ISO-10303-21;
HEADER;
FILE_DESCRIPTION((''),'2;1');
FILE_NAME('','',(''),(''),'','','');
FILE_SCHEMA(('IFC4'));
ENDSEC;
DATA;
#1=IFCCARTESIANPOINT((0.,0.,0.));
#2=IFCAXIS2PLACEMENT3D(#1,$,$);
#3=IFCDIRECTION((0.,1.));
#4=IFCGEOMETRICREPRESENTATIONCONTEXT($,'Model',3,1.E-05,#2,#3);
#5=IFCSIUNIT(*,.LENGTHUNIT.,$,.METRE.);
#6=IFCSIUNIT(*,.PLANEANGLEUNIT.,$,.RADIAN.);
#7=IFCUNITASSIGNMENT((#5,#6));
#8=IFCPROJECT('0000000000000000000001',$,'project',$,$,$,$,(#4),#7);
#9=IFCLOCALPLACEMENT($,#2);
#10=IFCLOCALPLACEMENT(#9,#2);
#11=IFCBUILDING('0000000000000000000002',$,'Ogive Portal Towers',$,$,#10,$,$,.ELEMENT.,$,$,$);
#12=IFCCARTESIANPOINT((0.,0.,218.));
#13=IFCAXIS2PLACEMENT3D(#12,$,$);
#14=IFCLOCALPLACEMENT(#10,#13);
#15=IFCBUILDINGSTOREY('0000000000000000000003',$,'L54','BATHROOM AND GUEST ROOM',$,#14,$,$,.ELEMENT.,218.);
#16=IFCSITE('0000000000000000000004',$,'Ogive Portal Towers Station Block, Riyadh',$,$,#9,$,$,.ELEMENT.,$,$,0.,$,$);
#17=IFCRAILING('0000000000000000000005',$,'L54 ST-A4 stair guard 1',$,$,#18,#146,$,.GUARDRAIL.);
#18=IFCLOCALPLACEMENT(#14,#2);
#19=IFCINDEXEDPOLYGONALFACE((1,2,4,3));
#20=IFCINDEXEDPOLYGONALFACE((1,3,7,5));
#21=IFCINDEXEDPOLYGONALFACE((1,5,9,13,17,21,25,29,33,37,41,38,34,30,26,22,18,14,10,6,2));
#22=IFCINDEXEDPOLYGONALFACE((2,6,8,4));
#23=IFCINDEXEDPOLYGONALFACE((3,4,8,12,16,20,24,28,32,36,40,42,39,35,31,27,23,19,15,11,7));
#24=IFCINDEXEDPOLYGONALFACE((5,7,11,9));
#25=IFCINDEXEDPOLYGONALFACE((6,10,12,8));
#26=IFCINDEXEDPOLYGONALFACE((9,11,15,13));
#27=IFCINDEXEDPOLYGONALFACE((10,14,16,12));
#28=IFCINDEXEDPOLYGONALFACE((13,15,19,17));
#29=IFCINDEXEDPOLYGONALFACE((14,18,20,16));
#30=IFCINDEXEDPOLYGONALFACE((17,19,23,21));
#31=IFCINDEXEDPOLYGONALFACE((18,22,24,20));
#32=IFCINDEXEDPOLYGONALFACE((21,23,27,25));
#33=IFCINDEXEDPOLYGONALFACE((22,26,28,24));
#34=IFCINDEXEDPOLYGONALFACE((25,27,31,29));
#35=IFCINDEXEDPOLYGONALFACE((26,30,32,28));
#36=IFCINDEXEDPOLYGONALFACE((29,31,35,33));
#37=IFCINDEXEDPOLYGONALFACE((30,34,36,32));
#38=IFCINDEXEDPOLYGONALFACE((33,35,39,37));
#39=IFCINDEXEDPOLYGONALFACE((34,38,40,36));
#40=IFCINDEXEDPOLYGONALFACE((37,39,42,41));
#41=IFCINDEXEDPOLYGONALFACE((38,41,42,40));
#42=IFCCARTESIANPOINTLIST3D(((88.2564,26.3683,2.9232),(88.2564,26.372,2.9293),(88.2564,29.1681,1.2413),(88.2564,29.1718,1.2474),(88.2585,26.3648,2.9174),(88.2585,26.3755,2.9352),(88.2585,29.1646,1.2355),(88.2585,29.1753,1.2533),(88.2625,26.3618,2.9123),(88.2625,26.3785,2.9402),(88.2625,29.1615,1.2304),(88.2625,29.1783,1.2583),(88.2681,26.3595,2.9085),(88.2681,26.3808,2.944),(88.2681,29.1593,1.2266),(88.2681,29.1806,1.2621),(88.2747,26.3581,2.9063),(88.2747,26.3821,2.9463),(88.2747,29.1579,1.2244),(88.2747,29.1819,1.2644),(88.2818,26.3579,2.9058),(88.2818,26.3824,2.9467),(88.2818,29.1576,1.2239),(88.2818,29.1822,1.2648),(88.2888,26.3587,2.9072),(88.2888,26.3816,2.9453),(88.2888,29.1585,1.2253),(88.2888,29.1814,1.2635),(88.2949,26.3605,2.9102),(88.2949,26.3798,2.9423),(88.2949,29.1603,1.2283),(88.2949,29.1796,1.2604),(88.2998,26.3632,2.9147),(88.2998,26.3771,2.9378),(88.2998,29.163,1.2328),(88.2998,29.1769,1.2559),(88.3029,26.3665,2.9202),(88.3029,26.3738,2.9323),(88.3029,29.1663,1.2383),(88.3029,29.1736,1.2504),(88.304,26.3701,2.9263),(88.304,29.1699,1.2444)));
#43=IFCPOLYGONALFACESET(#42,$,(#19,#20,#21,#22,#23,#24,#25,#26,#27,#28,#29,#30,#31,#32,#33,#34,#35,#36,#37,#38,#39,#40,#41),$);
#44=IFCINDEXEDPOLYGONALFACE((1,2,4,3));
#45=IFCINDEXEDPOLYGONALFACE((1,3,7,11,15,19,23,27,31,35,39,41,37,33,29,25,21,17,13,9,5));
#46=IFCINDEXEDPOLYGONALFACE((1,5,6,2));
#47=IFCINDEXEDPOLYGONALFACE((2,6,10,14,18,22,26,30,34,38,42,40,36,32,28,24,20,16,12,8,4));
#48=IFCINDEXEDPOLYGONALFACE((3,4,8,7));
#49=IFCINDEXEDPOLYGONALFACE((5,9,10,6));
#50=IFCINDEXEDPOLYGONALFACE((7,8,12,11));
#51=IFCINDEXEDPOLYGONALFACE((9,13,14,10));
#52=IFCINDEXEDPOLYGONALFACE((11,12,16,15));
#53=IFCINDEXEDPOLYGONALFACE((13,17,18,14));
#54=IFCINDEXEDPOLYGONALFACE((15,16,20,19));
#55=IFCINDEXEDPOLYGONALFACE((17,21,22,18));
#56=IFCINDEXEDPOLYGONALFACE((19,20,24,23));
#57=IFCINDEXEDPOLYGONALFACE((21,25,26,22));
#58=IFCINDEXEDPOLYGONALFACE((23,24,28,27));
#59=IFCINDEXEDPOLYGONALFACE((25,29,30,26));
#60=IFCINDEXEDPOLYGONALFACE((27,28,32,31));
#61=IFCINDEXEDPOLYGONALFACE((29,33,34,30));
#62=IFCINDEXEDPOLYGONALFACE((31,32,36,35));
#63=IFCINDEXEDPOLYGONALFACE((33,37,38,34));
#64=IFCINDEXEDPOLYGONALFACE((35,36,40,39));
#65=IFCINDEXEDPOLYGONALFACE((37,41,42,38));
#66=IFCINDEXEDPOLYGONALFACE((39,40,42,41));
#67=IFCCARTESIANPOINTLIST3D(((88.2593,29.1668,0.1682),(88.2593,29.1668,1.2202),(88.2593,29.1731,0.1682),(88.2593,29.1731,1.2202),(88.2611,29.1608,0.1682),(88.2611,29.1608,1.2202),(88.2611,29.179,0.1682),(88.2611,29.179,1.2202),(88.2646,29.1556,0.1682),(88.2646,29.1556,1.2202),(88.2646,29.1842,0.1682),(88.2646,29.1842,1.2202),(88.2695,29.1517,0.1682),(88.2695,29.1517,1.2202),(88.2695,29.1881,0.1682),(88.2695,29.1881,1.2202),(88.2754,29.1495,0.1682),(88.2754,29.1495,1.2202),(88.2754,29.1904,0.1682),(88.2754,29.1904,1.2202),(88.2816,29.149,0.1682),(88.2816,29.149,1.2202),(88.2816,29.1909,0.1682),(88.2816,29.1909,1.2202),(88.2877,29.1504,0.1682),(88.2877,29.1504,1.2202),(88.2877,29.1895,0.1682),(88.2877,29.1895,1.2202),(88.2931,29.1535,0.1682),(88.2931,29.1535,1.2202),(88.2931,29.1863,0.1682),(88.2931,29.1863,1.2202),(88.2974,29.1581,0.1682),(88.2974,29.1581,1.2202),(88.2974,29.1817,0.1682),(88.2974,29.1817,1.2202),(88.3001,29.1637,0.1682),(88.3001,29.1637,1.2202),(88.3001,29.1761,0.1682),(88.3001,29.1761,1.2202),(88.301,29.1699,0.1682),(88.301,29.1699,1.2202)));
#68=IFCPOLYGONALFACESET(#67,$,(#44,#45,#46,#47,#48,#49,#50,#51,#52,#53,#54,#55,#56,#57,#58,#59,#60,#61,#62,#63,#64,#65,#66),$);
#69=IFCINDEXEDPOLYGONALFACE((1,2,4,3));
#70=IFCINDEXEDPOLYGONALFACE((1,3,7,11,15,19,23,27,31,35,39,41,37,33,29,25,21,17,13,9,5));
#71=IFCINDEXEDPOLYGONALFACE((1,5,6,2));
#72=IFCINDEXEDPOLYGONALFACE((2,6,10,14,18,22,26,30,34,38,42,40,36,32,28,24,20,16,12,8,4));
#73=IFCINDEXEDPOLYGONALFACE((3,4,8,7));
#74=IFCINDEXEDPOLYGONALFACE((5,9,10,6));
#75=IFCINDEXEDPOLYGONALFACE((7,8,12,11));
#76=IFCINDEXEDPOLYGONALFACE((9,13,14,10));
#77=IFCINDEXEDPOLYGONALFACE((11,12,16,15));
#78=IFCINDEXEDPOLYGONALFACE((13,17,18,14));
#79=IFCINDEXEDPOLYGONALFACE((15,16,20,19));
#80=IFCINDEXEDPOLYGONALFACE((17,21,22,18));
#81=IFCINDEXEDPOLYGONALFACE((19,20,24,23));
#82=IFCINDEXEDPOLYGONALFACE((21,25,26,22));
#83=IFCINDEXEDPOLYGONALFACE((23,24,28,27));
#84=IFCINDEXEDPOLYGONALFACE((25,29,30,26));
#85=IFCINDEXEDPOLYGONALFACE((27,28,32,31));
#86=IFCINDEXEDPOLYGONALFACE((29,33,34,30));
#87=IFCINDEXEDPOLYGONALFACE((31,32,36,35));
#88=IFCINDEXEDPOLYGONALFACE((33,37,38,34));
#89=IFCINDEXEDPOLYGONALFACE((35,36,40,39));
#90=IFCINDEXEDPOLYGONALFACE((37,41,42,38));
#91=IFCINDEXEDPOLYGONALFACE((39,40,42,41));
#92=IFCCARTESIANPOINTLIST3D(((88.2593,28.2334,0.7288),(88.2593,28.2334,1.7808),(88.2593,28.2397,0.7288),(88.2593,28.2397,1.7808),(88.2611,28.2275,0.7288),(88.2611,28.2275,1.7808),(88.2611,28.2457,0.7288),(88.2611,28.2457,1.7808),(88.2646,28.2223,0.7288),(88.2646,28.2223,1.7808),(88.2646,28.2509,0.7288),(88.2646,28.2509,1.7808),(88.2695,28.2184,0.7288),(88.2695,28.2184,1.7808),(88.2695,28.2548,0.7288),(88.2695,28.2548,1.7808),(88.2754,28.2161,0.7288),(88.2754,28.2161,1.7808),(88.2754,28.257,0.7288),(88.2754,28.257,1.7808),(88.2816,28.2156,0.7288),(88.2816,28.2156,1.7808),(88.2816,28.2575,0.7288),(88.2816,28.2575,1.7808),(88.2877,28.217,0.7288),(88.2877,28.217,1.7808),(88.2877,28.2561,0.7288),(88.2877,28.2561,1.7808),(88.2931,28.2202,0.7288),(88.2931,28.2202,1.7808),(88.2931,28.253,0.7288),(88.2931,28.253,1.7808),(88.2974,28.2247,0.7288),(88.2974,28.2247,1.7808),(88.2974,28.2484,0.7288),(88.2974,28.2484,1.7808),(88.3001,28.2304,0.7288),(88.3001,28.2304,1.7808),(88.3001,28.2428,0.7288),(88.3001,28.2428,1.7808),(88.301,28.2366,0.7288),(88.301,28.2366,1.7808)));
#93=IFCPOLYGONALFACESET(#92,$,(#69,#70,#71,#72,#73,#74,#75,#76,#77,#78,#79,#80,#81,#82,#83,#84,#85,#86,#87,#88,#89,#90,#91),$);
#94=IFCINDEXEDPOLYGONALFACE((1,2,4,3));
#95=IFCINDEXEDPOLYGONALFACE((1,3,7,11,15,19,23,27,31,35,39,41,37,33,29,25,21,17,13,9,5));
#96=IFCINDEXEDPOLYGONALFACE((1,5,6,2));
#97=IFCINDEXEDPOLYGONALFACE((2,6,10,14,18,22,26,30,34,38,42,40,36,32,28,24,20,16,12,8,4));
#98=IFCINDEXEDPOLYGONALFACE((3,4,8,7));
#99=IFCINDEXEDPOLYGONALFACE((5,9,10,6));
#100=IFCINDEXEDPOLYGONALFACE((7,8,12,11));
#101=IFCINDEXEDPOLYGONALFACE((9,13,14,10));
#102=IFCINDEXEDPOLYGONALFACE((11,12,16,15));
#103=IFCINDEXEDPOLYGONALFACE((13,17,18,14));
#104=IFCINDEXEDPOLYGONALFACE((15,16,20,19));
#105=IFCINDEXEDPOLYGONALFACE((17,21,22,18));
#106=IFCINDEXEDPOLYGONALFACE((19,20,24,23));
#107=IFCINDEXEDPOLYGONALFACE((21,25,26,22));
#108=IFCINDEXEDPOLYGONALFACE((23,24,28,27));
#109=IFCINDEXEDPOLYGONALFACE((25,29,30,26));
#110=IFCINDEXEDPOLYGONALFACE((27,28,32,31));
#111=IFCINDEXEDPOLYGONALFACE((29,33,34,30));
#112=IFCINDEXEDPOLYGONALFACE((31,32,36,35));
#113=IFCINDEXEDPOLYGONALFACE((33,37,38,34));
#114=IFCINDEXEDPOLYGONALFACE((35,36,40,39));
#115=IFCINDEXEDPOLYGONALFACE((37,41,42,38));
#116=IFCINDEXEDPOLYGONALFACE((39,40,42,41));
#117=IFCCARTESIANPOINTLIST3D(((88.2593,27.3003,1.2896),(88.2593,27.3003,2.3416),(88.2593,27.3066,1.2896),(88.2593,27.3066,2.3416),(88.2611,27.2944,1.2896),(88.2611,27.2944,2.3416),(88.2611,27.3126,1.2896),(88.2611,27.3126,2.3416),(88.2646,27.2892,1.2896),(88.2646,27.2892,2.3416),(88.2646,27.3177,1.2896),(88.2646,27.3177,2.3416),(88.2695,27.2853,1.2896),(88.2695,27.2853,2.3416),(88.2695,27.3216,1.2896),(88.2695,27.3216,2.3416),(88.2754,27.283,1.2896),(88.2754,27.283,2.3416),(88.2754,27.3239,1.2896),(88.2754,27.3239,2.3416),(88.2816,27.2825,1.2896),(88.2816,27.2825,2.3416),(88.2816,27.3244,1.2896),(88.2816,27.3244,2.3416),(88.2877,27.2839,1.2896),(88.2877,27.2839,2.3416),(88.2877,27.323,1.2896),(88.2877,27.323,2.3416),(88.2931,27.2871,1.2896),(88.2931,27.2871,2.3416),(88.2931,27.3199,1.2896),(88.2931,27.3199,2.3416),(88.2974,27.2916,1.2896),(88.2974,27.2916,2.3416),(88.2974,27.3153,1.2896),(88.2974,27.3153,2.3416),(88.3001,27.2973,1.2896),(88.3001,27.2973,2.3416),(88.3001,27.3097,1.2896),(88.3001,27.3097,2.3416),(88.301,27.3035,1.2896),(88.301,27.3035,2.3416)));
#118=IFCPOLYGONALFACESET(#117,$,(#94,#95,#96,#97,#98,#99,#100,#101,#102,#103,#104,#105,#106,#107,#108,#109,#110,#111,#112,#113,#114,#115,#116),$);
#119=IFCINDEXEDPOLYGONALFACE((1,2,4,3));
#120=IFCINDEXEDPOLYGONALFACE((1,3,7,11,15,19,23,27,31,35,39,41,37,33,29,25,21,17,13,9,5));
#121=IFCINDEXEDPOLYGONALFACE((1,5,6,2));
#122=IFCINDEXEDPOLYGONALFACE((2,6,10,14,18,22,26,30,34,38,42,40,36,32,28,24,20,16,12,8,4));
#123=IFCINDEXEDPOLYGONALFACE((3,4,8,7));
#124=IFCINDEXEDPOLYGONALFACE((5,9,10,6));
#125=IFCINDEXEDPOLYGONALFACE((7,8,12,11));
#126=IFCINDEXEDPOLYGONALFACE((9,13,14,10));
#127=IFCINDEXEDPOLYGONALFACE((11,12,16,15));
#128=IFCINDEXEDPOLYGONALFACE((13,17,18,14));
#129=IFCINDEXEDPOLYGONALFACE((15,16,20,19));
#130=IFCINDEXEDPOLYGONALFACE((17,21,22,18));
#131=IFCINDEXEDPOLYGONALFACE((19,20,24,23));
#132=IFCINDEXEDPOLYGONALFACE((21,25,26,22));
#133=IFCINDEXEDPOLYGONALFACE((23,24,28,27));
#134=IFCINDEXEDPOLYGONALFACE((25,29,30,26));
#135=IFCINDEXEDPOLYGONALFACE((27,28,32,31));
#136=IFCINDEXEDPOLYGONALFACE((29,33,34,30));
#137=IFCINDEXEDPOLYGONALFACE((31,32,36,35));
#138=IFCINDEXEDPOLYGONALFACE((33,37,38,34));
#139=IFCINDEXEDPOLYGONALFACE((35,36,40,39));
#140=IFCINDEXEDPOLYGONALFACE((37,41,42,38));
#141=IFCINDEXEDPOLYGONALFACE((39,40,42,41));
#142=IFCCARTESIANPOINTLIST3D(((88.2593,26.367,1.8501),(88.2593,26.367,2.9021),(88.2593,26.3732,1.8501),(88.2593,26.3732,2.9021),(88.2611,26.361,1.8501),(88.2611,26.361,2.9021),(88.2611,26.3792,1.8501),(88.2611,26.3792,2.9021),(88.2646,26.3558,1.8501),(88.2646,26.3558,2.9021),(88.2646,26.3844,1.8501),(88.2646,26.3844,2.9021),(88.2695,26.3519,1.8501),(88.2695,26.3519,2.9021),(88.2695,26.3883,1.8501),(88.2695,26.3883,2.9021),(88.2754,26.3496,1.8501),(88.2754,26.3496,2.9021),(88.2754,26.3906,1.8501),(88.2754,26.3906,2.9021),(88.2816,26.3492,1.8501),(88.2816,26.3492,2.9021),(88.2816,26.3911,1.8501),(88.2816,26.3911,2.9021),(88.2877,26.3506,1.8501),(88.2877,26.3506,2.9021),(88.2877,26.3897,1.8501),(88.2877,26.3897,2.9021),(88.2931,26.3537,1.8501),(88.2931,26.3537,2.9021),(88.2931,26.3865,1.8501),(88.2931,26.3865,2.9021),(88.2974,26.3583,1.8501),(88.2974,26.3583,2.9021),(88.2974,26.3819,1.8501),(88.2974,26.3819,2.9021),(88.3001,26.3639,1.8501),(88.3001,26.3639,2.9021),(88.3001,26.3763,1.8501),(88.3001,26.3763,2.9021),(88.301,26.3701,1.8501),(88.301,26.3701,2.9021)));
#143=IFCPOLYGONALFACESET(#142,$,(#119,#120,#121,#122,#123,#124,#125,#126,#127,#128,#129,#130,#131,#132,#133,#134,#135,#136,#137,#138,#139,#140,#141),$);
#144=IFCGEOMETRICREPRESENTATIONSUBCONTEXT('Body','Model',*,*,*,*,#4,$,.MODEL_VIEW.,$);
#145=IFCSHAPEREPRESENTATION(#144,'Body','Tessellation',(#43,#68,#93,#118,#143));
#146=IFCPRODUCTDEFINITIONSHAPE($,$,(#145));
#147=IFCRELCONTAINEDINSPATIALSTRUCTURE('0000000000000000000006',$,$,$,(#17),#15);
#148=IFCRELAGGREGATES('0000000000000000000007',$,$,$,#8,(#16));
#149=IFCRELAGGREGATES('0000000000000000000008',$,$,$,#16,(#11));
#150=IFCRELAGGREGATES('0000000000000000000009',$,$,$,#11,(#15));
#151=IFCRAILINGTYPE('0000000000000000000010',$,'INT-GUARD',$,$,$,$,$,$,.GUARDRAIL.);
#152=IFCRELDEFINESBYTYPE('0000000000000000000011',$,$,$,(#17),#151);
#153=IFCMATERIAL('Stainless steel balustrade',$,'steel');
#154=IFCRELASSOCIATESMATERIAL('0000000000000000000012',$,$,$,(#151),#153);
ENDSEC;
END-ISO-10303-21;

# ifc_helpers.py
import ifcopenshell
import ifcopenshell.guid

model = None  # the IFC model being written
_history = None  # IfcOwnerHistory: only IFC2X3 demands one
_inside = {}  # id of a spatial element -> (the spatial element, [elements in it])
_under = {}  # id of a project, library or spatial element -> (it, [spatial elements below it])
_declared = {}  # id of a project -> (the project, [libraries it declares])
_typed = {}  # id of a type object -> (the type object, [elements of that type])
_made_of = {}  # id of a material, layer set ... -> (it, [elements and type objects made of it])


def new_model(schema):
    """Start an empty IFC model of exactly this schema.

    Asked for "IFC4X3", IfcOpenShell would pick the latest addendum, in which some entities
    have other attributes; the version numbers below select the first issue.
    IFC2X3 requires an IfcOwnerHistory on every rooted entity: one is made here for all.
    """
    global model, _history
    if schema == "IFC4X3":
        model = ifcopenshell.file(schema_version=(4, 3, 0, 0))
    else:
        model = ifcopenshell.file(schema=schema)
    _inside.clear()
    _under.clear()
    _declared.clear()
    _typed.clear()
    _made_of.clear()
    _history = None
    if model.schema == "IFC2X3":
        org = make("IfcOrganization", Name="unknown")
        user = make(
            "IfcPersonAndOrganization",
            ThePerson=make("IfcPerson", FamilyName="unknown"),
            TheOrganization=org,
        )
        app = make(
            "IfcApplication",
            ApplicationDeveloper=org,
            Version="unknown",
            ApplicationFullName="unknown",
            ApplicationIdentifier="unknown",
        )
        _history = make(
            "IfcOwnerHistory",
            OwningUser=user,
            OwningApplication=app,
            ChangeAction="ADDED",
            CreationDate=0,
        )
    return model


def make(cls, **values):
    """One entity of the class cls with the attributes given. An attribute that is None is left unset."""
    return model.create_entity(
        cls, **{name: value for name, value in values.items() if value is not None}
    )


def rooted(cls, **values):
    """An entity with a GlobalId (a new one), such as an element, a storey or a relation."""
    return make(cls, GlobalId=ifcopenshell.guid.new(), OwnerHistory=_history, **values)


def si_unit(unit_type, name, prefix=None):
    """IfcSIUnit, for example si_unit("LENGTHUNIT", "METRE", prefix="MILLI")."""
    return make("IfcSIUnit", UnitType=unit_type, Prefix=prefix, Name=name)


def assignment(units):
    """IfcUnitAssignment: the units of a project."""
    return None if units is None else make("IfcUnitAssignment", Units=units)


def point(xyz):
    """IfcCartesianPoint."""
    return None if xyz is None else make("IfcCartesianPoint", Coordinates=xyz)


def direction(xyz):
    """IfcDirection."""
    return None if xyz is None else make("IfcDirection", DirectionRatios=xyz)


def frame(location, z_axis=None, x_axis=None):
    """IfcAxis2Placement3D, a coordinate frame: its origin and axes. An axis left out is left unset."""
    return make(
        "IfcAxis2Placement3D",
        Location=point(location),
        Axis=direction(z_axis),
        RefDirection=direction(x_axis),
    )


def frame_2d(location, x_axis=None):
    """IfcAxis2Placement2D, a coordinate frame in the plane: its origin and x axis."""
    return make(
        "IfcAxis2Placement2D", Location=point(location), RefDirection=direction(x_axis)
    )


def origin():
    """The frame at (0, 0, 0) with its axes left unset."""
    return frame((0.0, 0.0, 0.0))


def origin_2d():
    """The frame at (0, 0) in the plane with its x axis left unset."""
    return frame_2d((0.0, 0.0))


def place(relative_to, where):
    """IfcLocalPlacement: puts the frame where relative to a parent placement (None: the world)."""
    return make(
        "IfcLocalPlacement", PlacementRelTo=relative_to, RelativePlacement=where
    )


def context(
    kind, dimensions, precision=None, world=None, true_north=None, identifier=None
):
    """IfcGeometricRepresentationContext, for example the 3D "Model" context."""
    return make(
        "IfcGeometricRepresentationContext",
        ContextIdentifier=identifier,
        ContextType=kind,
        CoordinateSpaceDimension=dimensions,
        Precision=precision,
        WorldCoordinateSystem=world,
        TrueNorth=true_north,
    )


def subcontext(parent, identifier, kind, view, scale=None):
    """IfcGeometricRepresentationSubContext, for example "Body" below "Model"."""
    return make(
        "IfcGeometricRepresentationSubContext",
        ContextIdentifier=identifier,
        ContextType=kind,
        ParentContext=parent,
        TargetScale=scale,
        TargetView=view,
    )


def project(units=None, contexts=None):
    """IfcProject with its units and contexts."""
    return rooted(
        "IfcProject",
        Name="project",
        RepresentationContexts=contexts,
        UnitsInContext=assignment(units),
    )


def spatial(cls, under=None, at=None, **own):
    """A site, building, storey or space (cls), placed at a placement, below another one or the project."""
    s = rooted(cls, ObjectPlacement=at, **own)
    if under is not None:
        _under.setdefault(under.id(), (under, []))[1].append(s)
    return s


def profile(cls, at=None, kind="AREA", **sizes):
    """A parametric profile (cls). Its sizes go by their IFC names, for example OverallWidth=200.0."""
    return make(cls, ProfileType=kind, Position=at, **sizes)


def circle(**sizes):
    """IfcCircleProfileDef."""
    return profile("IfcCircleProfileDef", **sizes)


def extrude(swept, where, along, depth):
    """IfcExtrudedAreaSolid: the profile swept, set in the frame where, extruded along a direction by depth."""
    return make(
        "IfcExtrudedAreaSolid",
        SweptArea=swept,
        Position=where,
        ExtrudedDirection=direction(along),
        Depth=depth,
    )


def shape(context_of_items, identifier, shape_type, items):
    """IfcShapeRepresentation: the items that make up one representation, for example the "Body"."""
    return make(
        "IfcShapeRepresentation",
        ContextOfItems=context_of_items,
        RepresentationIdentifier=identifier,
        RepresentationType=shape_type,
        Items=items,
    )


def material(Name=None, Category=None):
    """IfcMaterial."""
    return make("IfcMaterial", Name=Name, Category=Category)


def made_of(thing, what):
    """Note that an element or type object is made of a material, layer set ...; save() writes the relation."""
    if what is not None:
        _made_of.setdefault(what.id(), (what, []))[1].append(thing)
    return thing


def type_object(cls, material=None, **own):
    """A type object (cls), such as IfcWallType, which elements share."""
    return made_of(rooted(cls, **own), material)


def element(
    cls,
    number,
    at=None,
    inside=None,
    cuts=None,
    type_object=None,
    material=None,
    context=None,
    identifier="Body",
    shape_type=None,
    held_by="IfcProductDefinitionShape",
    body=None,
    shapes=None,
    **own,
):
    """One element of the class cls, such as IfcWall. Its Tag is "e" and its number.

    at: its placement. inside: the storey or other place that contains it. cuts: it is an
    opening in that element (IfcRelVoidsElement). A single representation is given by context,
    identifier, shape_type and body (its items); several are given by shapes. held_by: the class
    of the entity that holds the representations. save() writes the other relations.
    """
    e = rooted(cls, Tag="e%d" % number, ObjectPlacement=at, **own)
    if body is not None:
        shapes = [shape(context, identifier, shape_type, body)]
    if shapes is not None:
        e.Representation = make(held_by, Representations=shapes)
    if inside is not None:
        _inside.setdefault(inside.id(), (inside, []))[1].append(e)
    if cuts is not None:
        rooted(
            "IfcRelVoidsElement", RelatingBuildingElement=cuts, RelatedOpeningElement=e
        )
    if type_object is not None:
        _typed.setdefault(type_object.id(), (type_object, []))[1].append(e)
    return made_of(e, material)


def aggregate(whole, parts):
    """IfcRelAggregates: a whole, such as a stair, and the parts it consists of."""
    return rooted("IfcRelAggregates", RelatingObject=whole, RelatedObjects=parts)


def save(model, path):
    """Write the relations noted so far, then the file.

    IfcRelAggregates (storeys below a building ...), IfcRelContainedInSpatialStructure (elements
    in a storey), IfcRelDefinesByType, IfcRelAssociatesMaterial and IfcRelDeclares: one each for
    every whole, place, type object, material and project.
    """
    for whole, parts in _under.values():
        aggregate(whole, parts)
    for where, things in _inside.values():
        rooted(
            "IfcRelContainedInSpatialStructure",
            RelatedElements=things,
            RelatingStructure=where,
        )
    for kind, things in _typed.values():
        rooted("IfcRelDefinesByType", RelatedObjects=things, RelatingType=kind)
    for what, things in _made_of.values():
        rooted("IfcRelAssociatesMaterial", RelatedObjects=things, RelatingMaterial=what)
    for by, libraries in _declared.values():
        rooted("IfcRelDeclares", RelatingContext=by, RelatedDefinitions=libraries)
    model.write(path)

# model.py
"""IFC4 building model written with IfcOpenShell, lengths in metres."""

from ifc_helpers import new_model, si_unit, direction, frame, origin, origin_2d, place, context, subcontext, project, spatial, circle, extrude, material, type_object, element, save


model = new_model("IFC4")

# Units and contexts
model_context = context("Model", 3, precision=1e-05, world=origin(), true_north=direction((0.0, 1.0)))
body_context = subcontext(model_context, "Body", "Model", "MODEL_VIEW")
ifc_project = project(units=[si_unit("LENGTHUNIT", "METRE"), si_unit("PLANEANGLEUNIT", "RADIAN")], contexts=[model_context])

# Site, building, storey
site_placement = place(None, origin())
site = spatial("IfcSite", under=ifc_project, at=site_placement, Name="Ogive Portal Towers Station Block, Riyadh", CompositionType="ELEMENT", RefElevation=0.0)
building_placement = place(site_placement, origin())
building = spatial("IfcBuilding", under=site, at=building_placement, Name="Ogive Portal Towers", CompositionType="ELEMENT")
storey_placement = place(building_placement, frame((0.0, 0.0, 218.0)))
storey = spatial("IfcBuildingStorey", under=building, at=storey_placement, Name="L54", Description="BATHROOM AND GUEST ROOM", CompositionType="ELEMENT", Elevation=218.0)

# Railing
ifc_material_1 = material(Name="Stainless steel balustrade", Category="steel")
railing_type_1 = type_object("IfcRailingType", Name="INT-GUARD", PredefinedType="GUARDRAIL", material=ifc_material_1)
railing_1_placement = place(storey_placement, frame((88.28, 29.1699, 0.1682)))
element("IfcRailing", 1, at=railing_1_placement, inside=storey, type_object=railing_type_1, Name="L54 ST-A4 stair guard 1", PredefinedType="GUARDRAIL", context=body_context, shape_type="SweptSolid", body=[
    extrude(circle(Radius=0.0239, at=origin_2d()), frame((0.0, 0.0, 1.0762), z_axis=(0.0, -0.857222, 0.514946), x_axis=(1.0, 0.0, 0.0)), (0.0, 0.0, 1.0), 3.2661),
    extrude(circle(Radius=0.021, at=origin_2d()), origin(), (0.0, 0.0, 1.0), 1.052),
    extrude(circle(Radius=0.021, at=origin_2d()), frame((0.0, -0.9333, 0.5605)), (0.0, 0.0, 1.0), 1.052),
    extrude(circle(Radius=0.021, at=origin_2d()), frame((0.0, -1.8665, 1.1213)), (0.0, 0.0, 1.0), 1.052),
    extrude(circle(Radius=0.021, at=origin_2d()), frame((0.0, -2.7998, 1.6819)), (0.0, 0.0, 1.0), 1.052),
])

save(model, "model.ifc")
